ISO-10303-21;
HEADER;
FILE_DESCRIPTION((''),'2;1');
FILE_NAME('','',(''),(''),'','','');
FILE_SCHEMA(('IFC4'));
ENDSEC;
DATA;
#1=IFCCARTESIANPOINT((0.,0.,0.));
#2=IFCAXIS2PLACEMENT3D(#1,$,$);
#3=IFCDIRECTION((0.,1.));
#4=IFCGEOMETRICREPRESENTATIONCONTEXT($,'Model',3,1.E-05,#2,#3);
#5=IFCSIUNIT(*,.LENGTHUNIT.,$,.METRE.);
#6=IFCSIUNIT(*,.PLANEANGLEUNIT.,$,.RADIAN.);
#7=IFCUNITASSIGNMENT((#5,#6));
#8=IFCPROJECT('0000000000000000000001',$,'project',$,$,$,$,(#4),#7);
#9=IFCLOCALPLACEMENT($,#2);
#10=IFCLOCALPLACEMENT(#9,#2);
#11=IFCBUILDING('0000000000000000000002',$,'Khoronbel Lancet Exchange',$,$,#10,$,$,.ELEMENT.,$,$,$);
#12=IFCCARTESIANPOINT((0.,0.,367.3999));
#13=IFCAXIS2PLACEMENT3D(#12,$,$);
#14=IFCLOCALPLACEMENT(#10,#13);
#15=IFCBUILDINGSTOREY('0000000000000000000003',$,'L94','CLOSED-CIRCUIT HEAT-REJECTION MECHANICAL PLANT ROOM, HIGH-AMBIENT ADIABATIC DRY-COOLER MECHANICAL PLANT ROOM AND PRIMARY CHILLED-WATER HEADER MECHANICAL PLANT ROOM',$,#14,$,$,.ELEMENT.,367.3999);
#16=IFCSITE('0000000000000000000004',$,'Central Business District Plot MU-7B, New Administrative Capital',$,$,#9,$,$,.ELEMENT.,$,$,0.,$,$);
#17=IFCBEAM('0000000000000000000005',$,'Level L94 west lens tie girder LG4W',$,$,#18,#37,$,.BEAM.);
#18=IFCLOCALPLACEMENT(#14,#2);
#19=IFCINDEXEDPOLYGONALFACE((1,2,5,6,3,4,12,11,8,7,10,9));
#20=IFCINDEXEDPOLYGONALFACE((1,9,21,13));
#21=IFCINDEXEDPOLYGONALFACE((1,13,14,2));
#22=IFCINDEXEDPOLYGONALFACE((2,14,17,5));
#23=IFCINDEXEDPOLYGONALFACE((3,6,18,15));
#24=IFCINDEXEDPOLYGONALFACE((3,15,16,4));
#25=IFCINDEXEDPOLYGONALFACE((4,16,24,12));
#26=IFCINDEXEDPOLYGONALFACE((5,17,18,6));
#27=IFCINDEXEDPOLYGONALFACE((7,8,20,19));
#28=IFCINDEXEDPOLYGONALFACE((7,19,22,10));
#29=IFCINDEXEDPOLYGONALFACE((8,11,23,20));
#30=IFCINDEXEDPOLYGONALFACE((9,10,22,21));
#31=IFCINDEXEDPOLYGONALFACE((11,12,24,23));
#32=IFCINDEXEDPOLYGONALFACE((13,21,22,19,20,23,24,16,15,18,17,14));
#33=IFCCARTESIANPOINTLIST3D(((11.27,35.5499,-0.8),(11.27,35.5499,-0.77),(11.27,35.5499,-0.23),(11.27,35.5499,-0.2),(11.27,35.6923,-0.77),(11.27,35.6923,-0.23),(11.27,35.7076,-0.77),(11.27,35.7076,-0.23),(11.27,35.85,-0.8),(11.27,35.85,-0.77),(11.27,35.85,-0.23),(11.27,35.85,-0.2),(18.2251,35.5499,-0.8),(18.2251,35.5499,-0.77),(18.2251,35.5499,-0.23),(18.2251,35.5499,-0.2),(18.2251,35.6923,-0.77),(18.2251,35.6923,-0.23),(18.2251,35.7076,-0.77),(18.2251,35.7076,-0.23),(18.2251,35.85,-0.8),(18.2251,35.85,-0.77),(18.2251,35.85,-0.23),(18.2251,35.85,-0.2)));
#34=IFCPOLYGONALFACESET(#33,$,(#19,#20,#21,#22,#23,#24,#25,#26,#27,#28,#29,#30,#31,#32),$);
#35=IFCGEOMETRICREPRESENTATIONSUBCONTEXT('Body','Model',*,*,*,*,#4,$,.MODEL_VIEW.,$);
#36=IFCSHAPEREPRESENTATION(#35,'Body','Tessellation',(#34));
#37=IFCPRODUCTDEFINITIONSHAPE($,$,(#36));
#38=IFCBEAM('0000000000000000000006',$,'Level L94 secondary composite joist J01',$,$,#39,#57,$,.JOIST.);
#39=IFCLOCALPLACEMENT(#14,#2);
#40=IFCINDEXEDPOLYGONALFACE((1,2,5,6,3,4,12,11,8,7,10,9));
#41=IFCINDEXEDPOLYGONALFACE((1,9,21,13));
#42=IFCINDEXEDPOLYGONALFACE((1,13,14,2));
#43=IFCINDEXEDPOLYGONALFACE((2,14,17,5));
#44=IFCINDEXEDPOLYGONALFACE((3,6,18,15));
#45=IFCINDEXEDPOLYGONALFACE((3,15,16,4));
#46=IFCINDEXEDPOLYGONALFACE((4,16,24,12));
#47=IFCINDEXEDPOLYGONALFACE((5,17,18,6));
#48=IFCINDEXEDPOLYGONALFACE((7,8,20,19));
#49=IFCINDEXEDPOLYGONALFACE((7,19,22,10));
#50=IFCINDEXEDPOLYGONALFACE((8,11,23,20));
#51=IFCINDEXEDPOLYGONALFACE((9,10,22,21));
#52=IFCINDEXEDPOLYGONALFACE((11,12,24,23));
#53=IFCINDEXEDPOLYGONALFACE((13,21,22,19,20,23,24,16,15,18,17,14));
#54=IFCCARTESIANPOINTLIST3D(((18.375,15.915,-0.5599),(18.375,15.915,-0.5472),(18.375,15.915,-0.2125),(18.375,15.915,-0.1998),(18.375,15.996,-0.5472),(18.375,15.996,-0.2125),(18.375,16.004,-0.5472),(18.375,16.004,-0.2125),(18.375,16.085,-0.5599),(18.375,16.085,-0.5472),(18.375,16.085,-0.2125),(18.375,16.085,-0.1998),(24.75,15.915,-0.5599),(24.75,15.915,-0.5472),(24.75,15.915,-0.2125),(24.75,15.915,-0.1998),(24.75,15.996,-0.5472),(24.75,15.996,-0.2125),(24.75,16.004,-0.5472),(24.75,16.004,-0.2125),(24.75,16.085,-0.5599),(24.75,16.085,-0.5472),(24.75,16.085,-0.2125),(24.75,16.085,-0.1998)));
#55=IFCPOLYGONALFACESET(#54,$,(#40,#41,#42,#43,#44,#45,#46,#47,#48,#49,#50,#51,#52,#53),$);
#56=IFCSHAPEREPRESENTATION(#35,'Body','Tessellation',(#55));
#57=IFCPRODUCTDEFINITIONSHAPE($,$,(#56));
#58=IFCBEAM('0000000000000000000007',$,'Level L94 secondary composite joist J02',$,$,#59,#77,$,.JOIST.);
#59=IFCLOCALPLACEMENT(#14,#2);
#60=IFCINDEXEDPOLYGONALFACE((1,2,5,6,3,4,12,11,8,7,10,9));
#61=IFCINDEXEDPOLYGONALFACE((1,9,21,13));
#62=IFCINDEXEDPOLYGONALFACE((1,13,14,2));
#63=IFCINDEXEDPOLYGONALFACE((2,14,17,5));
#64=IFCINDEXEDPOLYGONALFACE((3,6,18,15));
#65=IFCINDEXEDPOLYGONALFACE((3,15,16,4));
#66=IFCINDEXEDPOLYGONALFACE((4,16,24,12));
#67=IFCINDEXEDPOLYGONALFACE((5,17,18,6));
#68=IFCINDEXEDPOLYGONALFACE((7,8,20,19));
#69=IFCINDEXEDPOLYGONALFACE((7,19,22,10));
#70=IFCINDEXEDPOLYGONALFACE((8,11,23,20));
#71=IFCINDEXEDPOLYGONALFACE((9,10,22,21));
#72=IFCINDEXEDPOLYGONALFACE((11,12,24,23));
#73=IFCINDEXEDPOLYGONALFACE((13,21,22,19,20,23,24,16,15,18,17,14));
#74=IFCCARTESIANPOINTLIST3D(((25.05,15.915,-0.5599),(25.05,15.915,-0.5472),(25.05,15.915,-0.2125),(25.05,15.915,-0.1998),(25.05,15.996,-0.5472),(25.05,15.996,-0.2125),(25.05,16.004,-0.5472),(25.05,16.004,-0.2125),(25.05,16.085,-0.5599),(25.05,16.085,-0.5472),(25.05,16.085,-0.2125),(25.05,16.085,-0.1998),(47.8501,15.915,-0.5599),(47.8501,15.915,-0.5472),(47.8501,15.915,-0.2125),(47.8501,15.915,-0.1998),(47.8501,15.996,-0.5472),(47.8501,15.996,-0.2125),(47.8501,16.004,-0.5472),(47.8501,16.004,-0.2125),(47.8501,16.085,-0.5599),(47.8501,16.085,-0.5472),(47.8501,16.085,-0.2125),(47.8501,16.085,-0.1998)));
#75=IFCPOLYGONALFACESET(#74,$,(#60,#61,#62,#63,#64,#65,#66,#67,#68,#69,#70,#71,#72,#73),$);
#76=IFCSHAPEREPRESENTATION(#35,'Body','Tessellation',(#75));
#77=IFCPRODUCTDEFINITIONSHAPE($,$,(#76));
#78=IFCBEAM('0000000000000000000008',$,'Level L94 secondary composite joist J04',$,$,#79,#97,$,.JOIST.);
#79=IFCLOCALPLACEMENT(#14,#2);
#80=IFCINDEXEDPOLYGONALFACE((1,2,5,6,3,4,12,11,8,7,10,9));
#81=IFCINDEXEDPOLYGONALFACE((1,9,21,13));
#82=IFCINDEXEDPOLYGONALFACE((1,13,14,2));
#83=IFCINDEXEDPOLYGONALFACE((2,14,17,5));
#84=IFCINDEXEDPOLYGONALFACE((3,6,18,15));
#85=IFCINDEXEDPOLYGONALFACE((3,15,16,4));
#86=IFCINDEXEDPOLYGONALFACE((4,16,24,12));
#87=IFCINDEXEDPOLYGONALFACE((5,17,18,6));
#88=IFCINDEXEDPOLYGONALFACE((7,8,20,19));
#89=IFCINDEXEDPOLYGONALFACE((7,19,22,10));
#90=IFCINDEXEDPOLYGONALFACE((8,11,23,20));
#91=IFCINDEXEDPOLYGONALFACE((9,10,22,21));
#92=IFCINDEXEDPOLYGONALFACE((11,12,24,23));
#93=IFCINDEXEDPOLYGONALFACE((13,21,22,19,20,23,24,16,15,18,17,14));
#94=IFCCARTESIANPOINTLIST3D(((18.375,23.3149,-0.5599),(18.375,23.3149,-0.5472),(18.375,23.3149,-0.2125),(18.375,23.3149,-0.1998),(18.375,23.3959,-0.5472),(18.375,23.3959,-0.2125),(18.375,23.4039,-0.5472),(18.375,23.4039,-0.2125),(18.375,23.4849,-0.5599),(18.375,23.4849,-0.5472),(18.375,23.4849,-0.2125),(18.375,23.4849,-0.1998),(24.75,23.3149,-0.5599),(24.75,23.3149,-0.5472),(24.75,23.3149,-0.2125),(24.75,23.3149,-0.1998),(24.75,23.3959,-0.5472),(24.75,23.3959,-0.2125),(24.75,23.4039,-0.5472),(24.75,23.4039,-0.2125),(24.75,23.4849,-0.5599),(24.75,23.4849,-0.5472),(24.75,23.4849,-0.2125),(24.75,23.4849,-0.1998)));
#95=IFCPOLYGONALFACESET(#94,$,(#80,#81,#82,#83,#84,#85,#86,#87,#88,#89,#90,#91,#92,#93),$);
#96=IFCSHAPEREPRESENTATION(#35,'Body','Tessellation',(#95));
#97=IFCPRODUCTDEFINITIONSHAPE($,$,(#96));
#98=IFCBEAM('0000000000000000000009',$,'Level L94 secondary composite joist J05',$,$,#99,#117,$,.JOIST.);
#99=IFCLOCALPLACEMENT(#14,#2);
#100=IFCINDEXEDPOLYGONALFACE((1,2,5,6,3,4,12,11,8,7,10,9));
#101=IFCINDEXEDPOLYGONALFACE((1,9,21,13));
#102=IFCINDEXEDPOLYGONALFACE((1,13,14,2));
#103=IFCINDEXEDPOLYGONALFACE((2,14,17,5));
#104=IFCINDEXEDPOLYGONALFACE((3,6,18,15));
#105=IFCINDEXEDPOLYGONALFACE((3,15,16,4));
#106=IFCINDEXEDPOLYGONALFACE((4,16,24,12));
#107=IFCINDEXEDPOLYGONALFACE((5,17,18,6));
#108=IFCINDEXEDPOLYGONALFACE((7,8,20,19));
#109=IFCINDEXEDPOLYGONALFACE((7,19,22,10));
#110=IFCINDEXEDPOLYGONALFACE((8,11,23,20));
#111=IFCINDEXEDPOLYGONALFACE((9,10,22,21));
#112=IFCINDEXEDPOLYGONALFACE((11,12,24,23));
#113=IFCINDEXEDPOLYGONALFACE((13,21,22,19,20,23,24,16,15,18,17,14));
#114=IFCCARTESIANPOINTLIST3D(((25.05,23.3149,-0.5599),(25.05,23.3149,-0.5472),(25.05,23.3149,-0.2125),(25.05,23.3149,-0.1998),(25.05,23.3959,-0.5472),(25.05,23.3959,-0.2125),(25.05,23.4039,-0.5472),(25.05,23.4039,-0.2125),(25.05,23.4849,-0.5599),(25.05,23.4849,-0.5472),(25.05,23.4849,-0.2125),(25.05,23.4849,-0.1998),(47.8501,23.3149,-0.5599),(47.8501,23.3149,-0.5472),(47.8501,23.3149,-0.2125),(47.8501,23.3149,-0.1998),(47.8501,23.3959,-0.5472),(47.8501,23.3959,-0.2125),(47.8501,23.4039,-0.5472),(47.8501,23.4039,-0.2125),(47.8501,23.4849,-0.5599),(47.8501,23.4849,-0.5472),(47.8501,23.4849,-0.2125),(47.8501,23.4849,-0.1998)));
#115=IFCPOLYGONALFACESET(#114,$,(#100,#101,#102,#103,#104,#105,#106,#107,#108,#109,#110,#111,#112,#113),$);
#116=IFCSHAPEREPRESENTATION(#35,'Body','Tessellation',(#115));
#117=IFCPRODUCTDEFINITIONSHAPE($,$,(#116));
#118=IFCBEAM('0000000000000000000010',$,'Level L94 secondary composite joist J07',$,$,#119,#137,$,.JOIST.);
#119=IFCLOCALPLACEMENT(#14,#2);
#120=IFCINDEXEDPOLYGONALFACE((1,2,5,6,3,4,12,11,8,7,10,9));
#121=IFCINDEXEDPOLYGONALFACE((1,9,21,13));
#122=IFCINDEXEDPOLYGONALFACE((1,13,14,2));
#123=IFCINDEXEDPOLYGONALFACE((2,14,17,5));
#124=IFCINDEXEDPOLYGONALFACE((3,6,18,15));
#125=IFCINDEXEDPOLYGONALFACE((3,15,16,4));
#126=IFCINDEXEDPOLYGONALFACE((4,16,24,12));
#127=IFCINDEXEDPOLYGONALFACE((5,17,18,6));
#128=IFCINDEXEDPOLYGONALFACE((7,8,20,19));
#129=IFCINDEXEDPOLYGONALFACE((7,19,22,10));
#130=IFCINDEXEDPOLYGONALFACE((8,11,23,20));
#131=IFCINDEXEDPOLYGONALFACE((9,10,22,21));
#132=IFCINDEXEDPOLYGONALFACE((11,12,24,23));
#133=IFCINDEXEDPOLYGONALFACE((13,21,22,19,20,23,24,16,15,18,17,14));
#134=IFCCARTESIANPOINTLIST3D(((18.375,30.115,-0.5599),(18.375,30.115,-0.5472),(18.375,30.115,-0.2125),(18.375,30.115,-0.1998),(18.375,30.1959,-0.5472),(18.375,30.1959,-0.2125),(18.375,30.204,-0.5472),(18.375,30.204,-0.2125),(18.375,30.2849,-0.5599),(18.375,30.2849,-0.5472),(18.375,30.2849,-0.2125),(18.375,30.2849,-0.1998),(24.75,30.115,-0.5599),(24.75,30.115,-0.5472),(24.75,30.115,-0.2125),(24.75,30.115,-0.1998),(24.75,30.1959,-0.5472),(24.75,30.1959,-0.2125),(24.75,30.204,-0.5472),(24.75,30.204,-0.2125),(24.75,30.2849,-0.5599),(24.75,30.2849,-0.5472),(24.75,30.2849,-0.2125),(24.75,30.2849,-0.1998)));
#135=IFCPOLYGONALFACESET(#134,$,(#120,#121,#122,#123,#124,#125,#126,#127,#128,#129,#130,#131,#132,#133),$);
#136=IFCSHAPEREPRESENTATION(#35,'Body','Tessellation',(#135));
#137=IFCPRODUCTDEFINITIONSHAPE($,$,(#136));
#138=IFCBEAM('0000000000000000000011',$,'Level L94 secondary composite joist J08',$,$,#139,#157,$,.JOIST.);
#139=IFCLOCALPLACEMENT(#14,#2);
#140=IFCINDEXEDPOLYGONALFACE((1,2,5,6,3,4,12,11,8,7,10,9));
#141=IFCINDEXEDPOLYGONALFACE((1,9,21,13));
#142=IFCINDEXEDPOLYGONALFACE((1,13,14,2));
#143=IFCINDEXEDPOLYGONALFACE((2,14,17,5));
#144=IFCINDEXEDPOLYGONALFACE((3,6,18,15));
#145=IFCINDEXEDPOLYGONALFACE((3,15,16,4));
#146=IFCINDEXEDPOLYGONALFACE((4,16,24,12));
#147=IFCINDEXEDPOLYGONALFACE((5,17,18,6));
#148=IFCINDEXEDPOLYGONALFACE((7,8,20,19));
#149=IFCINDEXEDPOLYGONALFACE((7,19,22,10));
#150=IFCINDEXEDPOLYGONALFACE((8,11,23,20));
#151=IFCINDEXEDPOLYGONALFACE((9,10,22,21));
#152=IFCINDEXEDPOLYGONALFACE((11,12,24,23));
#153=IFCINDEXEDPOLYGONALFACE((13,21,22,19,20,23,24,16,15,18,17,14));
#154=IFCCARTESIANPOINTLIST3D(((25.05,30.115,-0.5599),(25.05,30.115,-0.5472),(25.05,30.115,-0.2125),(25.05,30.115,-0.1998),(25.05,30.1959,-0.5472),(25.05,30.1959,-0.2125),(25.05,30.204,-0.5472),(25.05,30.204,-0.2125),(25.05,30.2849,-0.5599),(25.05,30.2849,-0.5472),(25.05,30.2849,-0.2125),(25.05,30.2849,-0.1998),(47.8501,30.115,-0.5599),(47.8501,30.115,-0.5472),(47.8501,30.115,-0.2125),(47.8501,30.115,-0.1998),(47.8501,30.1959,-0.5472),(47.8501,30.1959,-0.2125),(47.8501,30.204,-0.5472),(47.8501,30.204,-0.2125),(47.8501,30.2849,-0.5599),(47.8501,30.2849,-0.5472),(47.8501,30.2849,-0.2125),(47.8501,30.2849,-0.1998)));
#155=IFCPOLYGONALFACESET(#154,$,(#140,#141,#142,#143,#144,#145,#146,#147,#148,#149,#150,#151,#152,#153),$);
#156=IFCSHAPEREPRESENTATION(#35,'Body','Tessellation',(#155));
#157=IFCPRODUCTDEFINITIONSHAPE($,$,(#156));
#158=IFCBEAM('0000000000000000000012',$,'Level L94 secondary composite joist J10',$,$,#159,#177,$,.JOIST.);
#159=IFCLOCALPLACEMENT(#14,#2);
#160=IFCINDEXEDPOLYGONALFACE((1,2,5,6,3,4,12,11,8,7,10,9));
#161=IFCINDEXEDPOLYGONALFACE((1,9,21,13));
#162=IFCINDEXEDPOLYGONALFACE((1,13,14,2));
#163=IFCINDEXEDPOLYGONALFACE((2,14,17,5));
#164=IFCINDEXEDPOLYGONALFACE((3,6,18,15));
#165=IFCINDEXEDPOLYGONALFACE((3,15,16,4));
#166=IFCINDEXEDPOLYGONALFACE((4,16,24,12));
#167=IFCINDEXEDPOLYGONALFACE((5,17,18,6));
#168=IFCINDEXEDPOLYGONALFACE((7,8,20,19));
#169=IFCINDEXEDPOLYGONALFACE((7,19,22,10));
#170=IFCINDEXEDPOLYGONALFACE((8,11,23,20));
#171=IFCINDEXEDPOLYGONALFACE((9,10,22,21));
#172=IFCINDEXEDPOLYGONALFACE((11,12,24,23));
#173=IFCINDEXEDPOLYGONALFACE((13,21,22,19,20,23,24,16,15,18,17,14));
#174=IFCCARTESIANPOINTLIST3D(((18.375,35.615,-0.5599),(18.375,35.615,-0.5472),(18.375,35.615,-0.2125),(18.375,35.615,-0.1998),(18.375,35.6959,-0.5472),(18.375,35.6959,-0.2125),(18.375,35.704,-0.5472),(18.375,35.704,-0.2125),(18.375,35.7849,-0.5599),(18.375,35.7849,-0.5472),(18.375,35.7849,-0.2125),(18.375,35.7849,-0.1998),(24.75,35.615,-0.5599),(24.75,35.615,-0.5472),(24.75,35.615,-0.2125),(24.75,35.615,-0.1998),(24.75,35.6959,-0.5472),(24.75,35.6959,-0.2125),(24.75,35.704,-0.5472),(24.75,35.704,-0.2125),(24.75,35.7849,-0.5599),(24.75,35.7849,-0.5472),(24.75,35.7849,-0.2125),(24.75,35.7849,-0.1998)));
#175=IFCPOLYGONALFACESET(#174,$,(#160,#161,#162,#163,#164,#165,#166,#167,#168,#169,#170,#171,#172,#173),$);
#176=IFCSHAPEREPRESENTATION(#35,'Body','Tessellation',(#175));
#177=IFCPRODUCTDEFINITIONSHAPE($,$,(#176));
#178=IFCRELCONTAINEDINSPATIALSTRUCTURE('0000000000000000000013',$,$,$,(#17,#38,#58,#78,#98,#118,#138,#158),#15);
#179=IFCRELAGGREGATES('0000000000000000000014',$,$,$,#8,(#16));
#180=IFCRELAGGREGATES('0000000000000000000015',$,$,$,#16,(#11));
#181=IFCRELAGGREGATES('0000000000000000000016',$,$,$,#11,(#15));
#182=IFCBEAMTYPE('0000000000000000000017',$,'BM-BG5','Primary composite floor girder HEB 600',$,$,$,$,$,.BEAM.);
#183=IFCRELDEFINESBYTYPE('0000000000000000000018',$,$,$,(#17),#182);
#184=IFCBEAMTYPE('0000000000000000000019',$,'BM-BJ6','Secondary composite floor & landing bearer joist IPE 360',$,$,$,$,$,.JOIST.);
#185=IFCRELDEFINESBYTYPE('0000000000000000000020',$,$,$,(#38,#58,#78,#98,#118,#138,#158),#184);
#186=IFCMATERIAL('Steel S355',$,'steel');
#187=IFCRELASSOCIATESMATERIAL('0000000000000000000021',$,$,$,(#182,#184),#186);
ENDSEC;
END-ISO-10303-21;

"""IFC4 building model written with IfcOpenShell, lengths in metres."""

from ifc_helpers import new_model, si_unit, direction, frame, origin, origin_2d, place, context, subcontext, project, spatial, i_section, extrude, material, material_profile, profile_set, type_object, element, save


model = new_model("IFC4")

# Units and contexts
model_context = context("Model", 3, precision=1e-05, world=origin(), true_north=direction((0.0, 1.0)))
body_context = subcontext(model_context, "Body", "Model", "MODEL_VIEW")
ifc_project = project(units=[si_unit("LENGTHUNIT", "METRE"), si_unit("PLANEANGLEUNIT", "RADIAN")], contexts=[model_context])

# Site, building, storey
site_placement = place(None, origin())
site = spatial("IfcSite", under=ifc_project, at=site_placement, Name="Central Business District Plot MU-7B, New Administrative Capital", CompositionType="ELEMENT", RefElevation=0.0)
building_placement = place(site_placement, origin())
building = spatial("IfcBuilding", under=site, at=building_placement, Name="Khoronbel Lancet Exchange", CompositionType="ELEMENT")
storey_placement = place(building_placement, frame((0.0, 0.0, 367.3999)))
storey = spatial("IfcBuildingStorey", under=building, at=storey_placement, Name="L94", Description="CLOSED-CIRCUIT HEAT-REJECTION MECHANICAL PLANT ROOM, HIGH-AMBIENT ADIABATIC DRY-COOLER MECHANICAL PLANT ROOM AND PRIMARY CHILLED-WATER HEADER MECHANICAL PLANT ROOM", CompositionType="ELEMENT", Elevation=367.3999)

# Shared definitions
ifc_material_1 = material(Name="Steel S355", Category="steel")

# Beams
ifc_material_profile_1 = material_profile(ifc_material_1, i_section(OverallWidth=0.3, OverallDepth=0.6001, WebThickness=0.0154, FlangeThickness=0.03, at=origin_2d()), Name="HEB 600")
ifc_profile_set_1 = profile_set([ifc_material_profile_1], Name="Steel S355")
beam_type_1 = type_object("IfcBeamType", Name="BM-BG5", Description="Primary composite floor girder HEB 600", PredefinedType="BEAM", material=ifc_profile_set_1)
for number, where, z_axis, x_axis, name in (
    (1, (11.27, 35.7, -0.5), (1.0, 0.0, 0.0), (0.0, 1.0, 0.0), "Level L94 west lens tie girder LG4W"),
):
    element("IfcBeam", number, at=place(storey_placement, frame(where, z_axis=z_axis, x_axis=x_axis)), inside=storey, type_object=beam_type_1, Name=name, PredefinedType="BEAM", context=body_context, shape_type="SweptSolid", body=[
        extrude(i_section(OverallWidth=0.3, OverallDepth=0.6001, WebThickness=0.0154, FlangeThickness=0.03, at=origin_2d()), origin(), (0.0, 0.0, 1.0), 6.9551),
    ])
ifc_material_profile_2 = material_profile(ifc_material_1, i_section(OverallWidth=0.1699, OverallDepth=0.3601, WebThickness=0.0081, FlangeThickness=0.0127, at=origin_2d()), Name="IPE 360")
ifc_profile_set_2 = profile_set([ifc_material_profile_2], Name="Steel S355")
beam_type_2 = type_object("IfcBeamType", Name="BM-BJ6", Description="Secondary composite floor & landing bearer joist IPE 360", PredefinedType="JOIST", material=ifc_profile_set_2)
beam_1_placement = place(storey_placement, frame((18.375, 16.0, -0.3799), z_axis=(1.0, 0.0, 0.0), x_axis=(0.0, 1.0, 0.0)))
element("IfcBeam", 2, at=beam_1_placement, inside=storey, type_object=beam_type_2, Name="Level L94 secondary composite joist J01", PredefinedType="JOIST", context=body_context, shape_type="SweptSolid", body=[
    extrude(i_section(OverallWidth=0.1699, OverallDepth=0.3601, WebThickness=0.0081, FlangeThickness=0.0127, at=origin_2d()), origin(), (0.0, 0.0, 1.0), 6.375),
])
beam_2_placement = place(storey_placement, frame((25.05, 16.0, -0.3799), z_axis=(1.0, 0.0, 0.0), x_axis=(0.0, 1.0, 0.0)))
element("IfcBeam", 3, at=beam_2_placement, inside=storey, type_object=beam_type_2, Name="Level L94 secondary composite joist J02", PredefinedType="JOIST", context=body_context, shape_type="SweptSolid", body=[
    extrude(i_section(OverallWidth=0.1699, OverallDepth=0.3601, WebThickness=0.0081, FlangeThickness=0.0127, at=origin_2d()), origin(), (0.0, 0.0, 1.0), 22.8),
])
beam_3_placement = place(storey_placement, frame((18.375, 23.3999, -0.3799), z_axis=(1.0, 0.0, 0.0), x_axis=(0.0, 1.0, 0.0)))
element("IfcBeam", 4, at=beam_3_placement, inside=storey, type_object=beam_type_2, Name="Level L94 secondary composite joist J04", PredefinedType="JOIST", context=body_context, shape_type="SweptSolid", body=[
    extrude(i_section(OverallWidth=0.1699, OverallDepth=0.3601, WebThickness=0.0081, FlangeThickness=0.0127, at=origin_2d()), origin(), (0.0, 0.0, 1.0), 6.375),
])
beam_4_placement = place(storey_placement, frame((25.05, 23.3999, -0.3799), z_axis=(1.0, 0.0, 0.0), x_axis=(0.0, 1.0, 0.0)))
element("IfcBeam", 5, at=beam_4_placement, inside=storey, type_object=beam_type_2, Name="Level L94 secondary composite joist J05", PredefinedType="JOIST", context=body_context, shape_type="SweptSolid", body=[
    extrude(i_section(OverallWidth=0.1699, OverallDepth=0.3601, WebThickness=0.0081, FlangeThickness=0.0127, at=origin_2d()), origin(), (0.0, 0.0, 1.0), 22.8),
])
beam_5_placement = place(storey_placement, frame((18.375, 30.2, -0.3799), z_axis=(1.0, 0.0, 0.0), x_axis=(0.0, 1.0, 0.0)))
element("IfcBeam", 6, at=beam_5_placement, inside=storey, type_object=beam_type_2, Name="Level L94 secondary composite joist J07", PredefinedType="JOIST", context=body_context, shape_type="SweptSolid", body=[
    extrude(i_section(OverallWidth=0.1699, OverallDepth=0.3601, WebThickness=0.0081, FlangeThickness=0.0127, at=origin_2d()), origin(), (0.0, 0.0, 1.0), 6.375),
])
beam_6_placement = place(storey_placement, frame((25.05, 30.2, -0.3799), z_axis=(1.0, 0.0, 0.0), x_axis=(0.0, 1.0, 0.0)))
element("IfcBeam", 7, at=beam_6_placement, inside=storey, type_object=beam_type_2, Name="Level L94 secondary composite joist J08", PredefinedType="JOIST", context=body_context, shape_type="SweptSolid", body=[
    extrude(i_section(OverallWidth=0.1699, OverallDepth=0.3601, WebThickness=0.0081, FlangeThickness=0.0127, at=origin_2d()), origin(), (0.0, 0.0, 1.0), 22.8),
])
beam_7_placement = place(storey_placement, frame((18.375, 35.7, -0.3799), z_axis=(1.0, 0.0, 0.0), x_axis=(0.0, 1.0, 0.0)))
element("IfcBeam", 8, at=beam_7_placement, inside=storey, type_object=beam_type_2, Name="Level L94 secondary composite joist J10", PredefinedType="JOIST", context=body_context, shape_type="SweptSolid", body=[
    extrude(i_section(OverallWidth=0.1699, OverallDepth=0.3601, WebThickness=0.0081, FlangeThickness=0.0127, at=origin_2d()), origin(), (0.0, 0.0, 1.0), 6.375),
])

save(model, "model.ifc")
